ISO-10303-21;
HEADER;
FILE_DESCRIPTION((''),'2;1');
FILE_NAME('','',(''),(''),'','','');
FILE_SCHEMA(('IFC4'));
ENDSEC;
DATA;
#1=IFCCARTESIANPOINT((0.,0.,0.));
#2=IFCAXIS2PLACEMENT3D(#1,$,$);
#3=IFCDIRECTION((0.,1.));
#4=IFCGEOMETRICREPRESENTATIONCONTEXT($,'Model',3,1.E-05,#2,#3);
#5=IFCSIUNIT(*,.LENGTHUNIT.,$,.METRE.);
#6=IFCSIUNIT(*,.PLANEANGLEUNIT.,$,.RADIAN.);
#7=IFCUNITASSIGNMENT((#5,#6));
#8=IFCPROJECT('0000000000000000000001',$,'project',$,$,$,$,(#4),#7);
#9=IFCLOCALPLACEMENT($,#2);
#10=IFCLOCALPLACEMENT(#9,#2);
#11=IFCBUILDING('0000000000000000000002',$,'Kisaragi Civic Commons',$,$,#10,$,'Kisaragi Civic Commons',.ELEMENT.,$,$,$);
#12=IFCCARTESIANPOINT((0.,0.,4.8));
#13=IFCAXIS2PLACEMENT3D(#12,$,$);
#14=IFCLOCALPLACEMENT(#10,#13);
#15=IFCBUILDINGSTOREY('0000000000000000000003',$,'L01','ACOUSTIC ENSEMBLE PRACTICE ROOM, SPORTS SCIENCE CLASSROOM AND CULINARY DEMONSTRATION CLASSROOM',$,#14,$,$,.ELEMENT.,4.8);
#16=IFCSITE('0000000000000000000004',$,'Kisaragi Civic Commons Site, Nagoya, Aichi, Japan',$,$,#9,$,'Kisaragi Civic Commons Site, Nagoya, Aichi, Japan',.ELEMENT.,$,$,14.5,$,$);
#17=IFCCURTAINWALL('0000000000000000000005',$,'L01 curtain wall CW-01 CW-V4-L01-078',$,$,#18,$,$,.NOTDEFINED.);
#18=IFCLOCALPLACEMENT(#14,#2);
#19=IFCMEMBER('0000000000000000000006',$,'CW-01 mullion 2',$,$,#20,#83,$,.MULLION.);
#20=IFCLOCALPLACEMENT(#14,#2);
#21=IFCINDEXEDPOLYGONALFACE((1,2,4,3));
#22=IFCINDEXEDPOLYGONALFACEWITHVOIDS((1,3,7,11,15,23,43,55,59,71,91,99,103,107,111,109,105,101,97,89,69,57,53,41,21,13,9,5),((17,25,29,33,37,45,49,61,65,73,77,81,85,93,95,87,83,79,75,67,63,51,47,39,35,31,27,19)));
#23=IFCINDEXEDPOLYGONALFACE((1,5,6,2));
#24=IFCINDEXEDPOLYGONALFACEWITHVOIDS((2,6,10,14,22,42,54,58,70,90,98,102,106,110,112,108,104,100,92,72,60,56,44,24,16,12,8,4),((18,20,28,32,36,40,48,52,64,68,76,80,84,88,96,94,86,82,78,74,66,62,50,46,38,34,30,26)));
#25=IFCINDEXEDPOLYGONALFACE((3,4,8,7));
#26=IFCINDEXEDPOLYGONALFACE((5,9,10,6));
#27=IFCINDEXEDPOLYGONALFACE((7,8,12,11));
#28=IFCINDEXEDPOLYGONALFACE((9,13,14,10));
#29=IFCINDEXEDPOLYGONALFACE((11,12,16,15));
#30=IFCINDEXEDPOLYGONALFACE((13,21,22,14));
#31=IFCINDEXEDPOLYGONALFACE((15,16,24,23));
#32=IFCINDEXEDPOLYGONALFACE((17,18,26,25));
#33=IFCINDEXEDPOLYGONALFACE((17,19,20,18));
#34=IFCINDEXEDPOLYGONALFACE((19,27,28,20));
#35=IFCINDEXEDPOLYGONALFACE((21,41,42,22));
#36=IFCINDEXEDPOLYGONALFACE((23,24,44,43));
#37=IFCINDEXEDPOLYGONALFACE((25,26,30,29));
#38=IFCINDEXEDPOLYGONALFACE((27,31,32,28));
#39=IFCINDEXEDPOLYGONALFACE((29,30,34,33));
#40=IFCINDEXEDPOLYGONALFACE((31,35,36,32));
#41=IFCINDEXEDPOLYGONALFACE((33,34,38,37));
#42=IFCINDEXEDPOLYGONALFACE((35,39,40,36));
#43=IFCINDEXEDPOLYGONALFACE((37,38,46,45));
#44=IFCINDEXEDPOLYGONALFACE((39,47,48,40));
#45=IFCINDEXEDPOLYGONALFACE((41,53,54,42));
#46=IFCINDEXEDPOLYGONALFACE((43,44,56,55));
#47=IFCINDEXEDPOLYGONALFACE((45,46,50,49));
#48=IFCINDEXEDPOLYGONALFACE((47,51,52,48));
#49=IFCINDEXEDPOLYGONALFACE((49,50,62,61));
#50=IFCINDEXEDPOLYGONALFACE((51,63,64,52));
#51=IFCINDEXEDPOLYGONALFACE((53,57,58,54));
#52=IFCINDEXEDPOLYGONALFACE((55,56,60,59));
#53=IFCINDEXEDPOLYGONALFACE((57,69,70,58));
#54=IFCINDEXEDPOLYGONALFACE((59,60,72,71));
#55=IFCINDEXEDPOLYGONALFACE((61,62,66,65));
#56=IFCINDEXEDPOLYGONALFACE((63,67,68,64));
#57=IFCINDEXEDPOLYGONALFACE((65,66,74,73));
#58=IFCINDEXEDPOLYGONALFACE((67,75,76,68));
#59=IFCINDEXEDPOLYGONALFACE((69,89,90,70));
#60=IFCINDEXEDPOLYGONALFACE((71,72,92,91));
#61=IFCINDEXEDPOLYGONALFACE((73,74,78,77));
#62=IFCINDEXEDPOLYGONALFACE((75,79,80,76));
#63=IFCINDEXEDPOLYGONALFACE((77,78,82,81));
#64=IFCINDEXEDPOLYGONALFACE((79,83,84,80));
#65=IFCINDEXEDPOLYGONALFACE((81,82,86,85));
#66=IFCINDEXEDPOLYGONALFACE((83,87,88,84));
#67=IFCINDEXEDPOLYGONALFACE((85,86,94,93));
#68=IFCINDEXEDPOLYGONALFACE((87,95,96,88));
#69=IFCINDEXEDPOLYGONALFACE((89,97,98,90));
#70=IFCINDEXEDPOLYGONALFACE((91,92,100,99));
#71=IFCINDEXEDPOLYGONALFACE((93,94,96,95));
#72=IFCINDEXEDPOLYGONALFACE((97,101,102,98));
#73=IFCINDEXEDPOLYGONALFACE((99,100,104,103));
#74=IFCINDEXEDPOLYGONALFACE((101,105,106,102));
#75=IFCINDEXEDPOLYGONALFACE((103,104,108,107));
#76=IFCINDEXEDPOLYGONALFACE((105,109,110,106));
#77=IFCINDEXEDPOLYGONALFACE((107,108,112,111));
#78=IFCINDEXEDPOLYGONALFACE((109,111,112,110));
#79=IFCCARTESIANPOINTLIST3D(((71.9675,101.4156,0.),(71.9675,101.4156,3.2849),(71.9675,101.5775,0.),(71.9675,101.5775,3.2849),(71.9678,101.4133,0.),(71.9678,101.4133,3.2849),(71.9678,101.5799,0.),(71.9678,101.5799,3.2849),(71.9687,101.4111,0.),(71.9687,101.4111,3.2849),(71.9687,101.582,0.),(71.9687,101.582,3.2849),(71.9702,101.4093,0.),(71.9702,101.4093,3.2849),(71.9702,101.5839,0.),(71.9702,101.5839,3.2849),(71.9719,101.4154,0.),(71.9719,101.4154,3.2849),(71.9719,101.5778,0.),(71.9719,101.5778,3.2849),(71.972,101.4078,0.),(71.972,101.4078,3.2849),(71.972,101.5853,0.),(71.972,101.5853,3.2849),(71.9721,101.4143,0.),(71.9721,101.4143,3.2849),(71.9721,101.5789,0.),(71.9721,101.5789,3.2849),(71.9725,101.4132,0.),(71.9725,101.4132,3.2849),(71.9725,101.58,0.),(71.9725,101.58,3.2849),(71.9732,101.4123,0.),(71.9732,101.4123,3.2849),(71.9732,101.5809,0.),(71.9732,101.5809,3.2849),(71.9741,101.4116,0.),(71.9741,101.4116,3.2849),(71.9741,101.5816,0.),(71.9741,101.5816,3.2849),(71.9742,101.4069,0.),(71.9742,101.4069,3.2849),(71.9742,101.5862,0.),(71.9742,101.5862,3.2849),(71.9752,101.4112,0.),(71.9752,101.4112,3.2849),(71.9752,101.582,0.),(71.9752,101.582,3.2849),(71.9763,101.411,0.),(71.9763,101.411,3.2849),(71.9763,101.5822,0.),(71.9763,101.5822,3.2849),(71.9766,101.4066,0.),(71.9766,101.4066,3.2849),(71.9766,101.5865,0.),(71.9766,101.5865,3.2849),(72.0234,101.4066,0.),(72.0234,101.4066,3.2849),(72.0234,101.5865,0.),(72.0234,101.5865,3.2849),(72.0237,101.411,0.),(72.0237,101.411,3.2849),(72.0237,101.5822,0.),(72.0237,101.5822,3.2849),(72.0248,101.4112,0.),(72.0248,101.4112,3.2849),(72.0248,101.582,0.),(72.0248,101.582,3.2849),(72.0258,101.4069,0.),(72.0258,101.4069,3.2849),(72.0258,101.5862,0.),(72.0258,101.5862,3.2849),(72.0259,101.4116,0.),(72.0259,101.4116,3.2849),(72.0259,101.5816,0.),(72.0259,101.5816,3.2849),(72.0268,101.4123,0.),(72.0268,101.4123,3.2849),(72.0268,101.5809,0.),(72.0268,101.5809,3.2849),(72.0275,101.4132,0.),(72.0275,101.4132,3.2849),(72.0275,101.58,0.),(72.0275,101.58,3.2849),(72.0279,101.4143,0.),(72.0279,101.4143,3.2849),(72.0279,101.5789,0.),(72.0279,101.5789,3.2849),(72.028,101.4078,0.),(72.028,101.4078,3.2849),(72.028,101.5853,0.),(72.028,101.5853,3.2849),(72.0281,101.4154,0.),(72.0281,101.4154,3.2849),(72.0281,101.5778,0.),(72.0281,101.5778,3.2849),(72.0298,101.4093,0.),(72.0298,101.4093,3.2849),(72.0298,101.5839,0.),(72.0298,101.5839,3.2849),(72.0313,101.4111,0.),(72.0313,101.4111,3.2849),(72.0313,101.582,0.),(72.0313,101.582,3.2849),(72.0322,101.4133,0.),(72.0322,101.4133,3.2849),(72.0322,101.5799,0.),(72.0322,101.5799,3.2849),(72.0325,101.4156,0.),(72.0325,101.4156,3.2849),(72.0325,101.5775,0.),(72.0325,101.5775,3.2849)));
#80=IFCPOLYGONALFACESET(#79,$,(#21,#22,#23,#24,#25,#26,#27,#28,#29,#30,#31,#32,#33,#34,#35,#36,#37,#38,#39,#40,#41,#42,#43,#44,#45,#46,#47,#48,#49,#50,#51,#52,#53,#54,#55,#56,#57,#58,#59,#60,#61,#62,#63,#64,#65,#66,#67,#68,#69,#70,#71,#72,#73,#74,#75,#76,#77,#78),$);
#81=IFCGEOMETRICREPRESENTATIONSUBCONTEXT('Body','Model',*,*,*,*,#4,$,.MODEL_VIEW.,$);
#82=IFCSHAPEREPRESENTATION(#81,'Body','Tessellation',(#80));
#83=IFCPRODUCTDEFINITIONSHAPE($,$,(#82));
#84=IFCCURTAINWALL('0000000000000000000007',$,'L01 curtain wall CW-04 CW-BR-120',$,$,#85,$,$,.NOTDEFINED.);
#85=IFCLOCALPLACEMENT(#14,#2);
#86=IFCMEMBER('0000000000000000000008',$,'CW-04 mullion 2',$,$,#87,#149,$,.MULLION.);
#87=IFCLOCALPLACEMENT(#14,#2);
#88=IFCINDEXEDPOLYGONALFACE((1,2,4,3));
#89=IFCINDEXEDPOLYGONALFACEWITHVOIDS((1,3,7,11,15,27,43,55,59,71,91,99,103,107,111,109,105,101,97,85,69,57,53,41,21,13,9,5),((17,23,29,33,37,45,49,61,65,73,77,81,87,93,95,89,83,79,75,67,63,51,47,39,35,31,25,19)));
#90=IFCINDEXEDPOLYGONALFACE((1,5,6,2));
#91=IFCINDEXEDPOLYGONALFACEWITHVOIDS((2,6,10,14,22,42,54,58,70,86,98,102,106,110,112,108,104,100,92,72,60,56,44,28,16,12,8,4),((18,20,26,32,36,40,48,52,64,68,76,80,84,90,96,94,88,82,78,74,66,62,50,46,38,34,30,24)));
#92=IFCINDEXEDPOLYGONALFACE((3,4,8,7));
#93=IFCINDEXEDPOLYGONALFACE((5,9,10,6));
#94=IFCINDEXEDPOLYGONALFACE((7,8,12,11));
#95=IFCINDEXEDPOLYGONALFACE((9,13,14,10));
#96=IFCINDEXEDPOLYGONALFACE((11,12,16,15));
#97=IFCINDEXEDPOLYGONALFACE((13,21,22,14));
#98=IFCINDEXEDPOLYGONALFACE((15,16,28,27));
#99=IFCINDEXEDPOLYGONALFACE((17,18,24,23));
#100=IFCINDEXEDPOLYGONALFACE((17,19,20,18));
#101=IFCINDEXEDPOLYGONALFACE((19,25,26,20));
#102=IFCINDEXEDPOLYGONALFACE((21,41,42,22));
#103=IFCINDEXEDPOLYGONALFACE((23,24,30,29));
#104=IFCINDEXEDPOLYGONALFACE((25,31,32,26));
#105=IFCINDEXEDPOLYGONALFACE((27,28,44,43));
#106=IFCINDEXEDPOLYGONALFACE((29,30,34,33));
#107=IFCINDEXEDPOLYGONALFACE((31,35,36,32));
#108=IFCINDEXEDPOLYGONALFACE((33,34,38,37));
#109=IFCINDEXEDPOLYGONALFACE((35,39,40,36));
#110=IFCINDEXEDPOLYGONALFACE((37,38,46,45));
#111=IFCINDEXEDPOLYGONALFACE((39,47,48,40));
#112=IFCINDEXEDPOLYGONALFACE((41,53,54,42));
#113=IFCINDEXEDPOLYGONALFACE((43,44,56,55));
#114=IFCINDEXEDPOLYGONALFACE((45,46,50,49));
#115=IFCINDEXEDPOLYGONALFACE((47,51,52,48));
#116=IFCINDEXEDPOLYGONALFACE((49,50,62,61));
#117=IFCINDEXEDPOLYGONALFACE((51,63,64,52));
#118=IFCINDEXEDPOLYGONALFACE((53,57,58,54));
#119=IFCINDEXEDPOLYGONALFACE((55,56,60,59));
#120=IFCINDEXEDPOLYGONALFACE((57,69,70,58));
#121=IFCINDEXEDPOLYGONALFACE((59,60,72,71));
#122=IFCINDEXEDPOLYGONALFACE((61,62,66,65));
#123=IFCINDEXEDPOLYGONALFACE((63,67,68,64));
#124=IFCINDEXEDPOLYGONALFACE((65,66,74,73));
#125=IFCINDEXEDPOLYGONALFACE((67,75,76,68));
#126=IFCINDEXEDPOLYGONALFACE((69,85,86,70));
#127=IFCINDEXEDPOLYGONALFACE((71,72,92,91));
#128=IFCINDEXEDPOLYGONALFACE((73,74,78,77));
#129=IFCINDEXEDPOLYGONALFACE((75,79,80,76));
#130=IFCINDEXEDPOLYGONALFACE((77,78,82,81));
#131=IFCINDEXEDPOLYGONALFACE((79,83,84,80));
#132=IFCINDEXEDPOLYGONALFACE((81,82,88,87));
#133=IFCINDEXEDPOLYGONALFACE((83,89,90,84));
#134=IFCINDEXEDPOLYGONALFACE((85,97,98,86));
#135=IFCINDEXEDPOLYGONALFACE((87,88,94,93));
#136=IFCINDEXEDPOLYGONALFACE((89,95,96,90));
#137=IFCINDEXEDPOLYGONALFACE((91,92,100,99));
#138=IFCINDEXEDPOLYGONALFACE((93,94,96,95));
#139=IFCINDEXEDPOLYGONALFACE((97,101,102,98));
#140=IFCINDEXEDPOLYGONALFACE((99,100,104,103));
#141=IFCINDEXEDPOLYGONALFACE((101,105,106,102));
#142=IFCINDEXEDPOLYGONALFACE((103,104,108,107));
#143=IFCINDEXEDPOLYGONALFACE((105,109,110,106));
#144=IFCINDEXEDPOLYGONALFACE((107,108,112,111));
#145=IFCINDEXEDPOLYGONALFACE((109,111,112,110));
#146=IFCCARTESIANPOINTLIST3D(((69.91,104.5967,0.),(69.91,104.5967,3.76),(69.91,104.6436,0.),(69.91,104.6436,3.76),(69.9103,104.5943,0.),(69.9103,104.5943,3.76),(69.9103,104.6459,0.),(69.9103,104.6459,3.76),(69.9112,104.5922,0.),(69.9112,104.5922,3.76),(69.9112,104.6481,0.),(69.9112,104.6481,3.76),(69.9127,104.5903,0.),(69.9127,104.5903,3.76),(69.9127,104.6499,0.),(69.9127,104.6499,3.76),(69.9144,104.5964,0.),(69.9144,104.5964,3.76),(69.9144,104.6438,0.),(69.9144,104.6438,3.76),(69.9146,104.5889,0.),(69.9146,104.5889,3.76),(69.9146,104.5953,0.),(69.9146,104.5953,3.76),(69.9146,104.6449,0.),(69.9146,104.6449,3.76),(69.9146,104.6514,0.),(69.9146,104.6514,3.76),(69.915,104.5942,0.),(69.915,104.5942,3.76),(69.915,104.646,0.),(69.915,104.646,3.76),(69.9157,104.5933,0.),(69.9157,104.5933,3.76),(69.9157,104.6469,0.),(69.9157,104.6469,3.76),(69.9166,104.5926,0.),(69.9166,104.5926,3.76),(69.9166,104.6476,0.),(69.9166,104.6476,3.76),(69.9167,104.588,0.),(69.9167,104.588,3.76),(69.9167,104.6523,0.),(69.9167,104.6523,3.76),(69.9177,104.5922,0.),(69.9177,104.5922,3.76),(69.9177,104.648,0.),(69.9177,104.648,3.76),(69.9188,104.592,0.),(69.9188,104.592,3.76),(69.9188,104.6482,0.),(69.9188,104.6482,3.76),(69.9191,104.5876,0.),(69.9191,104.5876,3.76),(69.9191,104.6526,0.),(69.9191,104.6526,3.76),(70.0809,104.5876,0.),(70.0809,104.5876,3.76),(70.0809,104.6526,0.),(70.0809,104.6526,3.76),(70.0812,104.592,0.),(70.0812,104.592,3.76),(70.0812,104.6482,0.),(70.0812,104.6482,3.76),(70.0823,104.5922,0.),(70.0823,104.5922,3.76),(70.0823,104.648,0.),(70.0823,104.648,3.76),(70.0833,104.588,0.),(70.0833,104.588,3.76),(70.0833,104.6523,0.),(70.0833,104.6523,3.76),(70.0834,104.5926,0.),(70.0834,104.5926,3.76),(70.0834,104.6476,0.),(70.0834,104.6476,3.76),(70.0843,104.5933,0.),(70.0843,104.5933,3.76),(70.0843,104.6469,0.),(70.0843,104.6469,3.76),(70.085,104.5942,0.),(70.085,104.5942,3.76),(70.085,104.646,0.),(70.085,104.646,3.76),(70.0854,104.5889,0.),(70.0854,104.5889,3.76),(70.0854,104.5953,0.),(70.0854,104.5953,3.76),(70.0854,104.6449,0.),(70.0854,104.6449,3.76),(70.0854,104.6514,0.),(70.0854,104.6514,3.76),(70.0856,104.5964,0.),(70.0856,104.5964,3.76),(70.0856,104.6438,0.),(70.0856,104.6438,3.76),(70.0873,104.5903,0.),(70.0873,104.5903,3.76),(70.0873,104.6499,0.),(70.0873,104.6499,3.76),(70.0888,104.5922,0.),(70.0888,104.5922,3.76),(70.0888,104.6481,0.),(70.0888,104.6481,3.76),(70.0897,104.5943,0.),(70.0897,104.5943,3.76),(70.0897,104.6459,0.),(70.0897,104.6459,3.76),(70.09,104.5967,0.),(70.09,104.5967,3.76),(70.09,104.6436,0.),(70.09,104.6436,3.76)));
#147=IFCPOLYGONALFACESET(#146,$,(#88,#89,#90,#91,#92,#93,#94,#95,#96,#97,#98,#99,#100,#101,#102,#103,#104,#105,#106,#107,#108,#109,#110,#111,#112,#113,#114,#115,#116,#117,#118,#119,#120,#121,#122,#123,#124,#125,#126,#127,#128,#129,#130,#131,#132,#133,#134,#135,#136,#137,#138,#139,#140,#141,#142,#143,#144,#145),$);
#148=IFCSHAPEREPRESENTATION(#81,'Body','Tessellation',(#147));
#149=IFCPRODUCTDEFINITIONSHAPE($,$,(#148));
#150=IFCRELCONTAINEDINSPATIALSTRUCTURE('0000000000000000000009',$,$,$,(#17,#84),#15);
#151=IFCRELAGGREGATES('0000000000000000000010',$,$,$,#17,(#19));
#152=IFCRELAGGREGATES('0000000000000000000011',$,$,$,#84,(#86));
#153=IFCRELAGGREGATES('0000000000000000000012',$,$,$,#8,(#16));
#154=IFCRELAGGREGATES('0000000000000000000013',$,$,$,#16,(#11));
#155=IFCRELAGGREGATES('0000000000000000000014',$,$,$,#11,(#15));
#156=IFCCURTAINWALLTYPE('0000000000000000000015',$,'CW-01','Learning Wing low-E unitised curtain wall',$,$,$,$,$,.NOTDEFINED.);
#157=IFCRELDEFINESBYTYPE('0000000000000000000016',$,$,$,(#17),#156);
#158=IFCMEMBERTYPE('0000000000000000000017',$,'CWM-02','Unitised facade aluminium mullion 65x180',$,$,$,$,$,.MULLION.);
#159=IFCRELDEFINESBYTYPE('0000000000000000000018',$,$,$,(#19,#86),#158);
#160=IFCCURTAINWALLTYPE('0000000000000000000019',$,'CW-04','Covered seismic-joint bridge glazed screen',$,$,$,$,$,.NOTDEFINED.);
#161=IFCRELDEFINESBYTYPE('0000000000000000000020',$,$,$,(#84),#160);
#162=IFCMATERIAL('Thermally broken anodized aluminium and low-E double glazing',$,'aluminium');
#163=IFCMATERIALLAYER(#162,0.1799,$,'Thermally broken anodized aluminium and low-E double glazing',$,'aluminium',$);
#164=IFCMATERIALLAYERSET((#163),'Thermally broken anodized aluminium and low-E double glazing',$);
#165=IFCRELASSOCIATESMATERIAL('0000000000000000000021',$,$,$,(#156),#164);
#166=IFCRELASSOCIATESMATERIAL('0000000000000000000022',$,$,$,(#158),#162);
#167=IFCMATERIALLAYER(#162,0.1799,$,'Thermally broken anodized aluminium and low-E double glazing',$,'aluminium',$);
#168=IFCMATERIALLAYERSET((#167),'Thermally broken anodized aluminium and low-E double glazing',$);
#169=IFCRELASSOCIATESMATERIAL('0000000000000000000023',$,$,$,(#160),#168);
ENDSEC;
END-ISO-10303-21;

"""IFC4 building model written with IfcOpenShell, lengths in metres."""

from ifc_helpers import new_model, si_unit, direction, frame, origin, origin_2d, place, context, subcontext, project, spatial, hollow_rectangle, extrude, material, layer, layer_set, material_profile, profile_set, type_object, element, aggregate, save


model = new_model("IFC4")

# Units and contexts
model_context = context("Model", 3, precision=1e-05, world=origin(), true_north=direction((0.0, 1.0)))
body_context = subcontext(model_context, "Body", "Model", "MODEL_VIEW")
ifc_project = project(units=[si_unit("LENGTHUNIT", "METRE"), si_unit("PLANEANGLEUNIT", "RADIAN")], contexts=[model_context])

# Site, building, storey
site_placement = place(None, origin())
site = spatial("IfcSite", under=ifc_project, at=site_placement, Name="Kisaragi Civic Commons Site, Nagoya, Aichi, Japan", LongName="Kisaragi Civic Commons Site, Nagoya, Aichi, Japan", CompositionType="ELEMENT", RefElevation=14.5)
building_placement = place(site_placement, origin())
building = spatial("IfcBuilding", under=site, at=building_placement, Name="Kisaragi Civic Commons", LongName="Kisaragi Civic Commons", CompositionType="ELEMENT")
storey_placement = place(building_placement, frame((0.0, 0.0, 4.8)))
storey = spatial("IfcBuildingStorey", under=building, at=storey_placement, Name="L01", Description="ACOUSTIC ENSEMBLE PRACTICE ROOM, SPORTS SCIENCE CLASSROOM AND CULINARY DEMONSTRATION CLASSROOM", CompositionType="ELEMENT", Elevation=4.8)

# Curtain wall, member
ifc_material = material(Name="Thermally broken anodized aluminium and low-E double glazing", Category="aluminium")
ifc_layer_1 = layer(ifc_material, 0.1799, Name="Thermally broken anodized aluminium and low-E double glazing", Category="aluminium")
ifc_layer_set_1 = layer_set([ifc_layer_1], Name="Thermally broken anodized aluminium and low-E double glazing")
curtain_wall_type_1 = type_object("IfcCurtainWallType", Name="CW-01", Description="Learning Wing low-E unitised curtain wall", PredefinedType="NOTDEFINED", material=ifc_layer_set_1)
curtain_wall_1_placement = place(storey_placement, origin())
curtain_wall_1 = element("IfcCurtainWall", 1, at=curtain_wall_1_placement, inside=storey, type_object=curtain_wall_type_1, Name="L01 curtain wall CW-01 CW-V4-L01-078", PredefinedType="NOTDEFINED")
ifc_material_profile_1 = material_profile(ifc_material, hollow_rectangle(XDim=0.0649, YDim=0.1799, WallThickness=0.0044, InnerFilletRadius=0.0044, OuterFilletRadius=0.009, at=origin_2d()), Name="CWM-65x180x4.5", Category="aluminium")
ifc_profile_set_1 = profile_set([ifc_material_profile_1], Name="Thermally broken anodized aluminium and low-E double glazing")
member_type_1 = type_object("IfcMemberType", Name="CWM-02", Description="Unitised facade aluminium mullion 65x180", PredefinedType="MULLION", material=ifc_profile_set_1)
member_1_placement = place(storey_placement, frame((72.0, 101.4966, 0.0), z_axis=(0.0, 0.0, 1.0), x_axis=(-1.0, 0.0, 0.0)))
member_1 = element("IfcMember", 2, at=member_1_placement, type_object=member_type_1, Name="CW-01 mullion 2", PredefinedType="MULLION", context=body_context, shape_type="SweptSolid", body=[
    extrude(hollow_rectangle(XDim=0.0649, YDim=0.1799, WallThickness=0.0044, InnerFilletRadius=0.0044, OuterFilletRadius=0.009, at=origin_2d()), origin(), (0.0, 0.0, 1.0), 3.2849),
])

# Curtain wall, member
ifc_layer_2 = layer(ifc_material, 0.1799, Name="Thermally broken anodized aluminium and low-E double glazing", Category="aluminium")
ifc_layer_set_2 = layer_set([ifc_layer_2], Name="Thermally broken anodized aluminium and low-E double glazing")
curtain_wall_type_2 = type_object("IfcCurtainWallType", Name="CW-04", Description="Covered seismic-joint bridge glazed screen", PredefinedType="NOTDEFINED", material=ifc_layer_set_2)
curtain_wall_2_placement = place(storey_placement, origin())
curtain_wall_2 = element("IfcCurtainWall", 3, at=curtain_wall_2_placement, inside=storey, type_object=curtain_wall_type_2, Name="L01 curtain wall CW-04 CW-BR-120", PredefinedType="NOTDEFINED")
member_2_placement = place(storey_placement, frame((70.0, 104.6201, 0.0), z_axis=(0.0, 0.0, 1.0), x_axis=(0.0, 1.0, 0.0)))
member_2 = element("IfcMember", 4, at=member_2_placement, type_object=member_type_1, Name="CW-04 mullion 2", PredefinedType="MULLION", context=body_context, shape_type="SweptSolid", body=[
    extrude(hollow_rectangle(XDim=0.0649, YDim=0.1799, WallThickness=0.0044, InnerFilletRadius=0.0044, OuterFilletRadius=0.009, at=origin_2d()), origin(), (0.0, 0.0, 1.0), 3.76),
])

aggregate(curtain_wall_1, [member_1])
aggregate(curtain_wall_2, [member_2])

save(model, "model.ifc")
